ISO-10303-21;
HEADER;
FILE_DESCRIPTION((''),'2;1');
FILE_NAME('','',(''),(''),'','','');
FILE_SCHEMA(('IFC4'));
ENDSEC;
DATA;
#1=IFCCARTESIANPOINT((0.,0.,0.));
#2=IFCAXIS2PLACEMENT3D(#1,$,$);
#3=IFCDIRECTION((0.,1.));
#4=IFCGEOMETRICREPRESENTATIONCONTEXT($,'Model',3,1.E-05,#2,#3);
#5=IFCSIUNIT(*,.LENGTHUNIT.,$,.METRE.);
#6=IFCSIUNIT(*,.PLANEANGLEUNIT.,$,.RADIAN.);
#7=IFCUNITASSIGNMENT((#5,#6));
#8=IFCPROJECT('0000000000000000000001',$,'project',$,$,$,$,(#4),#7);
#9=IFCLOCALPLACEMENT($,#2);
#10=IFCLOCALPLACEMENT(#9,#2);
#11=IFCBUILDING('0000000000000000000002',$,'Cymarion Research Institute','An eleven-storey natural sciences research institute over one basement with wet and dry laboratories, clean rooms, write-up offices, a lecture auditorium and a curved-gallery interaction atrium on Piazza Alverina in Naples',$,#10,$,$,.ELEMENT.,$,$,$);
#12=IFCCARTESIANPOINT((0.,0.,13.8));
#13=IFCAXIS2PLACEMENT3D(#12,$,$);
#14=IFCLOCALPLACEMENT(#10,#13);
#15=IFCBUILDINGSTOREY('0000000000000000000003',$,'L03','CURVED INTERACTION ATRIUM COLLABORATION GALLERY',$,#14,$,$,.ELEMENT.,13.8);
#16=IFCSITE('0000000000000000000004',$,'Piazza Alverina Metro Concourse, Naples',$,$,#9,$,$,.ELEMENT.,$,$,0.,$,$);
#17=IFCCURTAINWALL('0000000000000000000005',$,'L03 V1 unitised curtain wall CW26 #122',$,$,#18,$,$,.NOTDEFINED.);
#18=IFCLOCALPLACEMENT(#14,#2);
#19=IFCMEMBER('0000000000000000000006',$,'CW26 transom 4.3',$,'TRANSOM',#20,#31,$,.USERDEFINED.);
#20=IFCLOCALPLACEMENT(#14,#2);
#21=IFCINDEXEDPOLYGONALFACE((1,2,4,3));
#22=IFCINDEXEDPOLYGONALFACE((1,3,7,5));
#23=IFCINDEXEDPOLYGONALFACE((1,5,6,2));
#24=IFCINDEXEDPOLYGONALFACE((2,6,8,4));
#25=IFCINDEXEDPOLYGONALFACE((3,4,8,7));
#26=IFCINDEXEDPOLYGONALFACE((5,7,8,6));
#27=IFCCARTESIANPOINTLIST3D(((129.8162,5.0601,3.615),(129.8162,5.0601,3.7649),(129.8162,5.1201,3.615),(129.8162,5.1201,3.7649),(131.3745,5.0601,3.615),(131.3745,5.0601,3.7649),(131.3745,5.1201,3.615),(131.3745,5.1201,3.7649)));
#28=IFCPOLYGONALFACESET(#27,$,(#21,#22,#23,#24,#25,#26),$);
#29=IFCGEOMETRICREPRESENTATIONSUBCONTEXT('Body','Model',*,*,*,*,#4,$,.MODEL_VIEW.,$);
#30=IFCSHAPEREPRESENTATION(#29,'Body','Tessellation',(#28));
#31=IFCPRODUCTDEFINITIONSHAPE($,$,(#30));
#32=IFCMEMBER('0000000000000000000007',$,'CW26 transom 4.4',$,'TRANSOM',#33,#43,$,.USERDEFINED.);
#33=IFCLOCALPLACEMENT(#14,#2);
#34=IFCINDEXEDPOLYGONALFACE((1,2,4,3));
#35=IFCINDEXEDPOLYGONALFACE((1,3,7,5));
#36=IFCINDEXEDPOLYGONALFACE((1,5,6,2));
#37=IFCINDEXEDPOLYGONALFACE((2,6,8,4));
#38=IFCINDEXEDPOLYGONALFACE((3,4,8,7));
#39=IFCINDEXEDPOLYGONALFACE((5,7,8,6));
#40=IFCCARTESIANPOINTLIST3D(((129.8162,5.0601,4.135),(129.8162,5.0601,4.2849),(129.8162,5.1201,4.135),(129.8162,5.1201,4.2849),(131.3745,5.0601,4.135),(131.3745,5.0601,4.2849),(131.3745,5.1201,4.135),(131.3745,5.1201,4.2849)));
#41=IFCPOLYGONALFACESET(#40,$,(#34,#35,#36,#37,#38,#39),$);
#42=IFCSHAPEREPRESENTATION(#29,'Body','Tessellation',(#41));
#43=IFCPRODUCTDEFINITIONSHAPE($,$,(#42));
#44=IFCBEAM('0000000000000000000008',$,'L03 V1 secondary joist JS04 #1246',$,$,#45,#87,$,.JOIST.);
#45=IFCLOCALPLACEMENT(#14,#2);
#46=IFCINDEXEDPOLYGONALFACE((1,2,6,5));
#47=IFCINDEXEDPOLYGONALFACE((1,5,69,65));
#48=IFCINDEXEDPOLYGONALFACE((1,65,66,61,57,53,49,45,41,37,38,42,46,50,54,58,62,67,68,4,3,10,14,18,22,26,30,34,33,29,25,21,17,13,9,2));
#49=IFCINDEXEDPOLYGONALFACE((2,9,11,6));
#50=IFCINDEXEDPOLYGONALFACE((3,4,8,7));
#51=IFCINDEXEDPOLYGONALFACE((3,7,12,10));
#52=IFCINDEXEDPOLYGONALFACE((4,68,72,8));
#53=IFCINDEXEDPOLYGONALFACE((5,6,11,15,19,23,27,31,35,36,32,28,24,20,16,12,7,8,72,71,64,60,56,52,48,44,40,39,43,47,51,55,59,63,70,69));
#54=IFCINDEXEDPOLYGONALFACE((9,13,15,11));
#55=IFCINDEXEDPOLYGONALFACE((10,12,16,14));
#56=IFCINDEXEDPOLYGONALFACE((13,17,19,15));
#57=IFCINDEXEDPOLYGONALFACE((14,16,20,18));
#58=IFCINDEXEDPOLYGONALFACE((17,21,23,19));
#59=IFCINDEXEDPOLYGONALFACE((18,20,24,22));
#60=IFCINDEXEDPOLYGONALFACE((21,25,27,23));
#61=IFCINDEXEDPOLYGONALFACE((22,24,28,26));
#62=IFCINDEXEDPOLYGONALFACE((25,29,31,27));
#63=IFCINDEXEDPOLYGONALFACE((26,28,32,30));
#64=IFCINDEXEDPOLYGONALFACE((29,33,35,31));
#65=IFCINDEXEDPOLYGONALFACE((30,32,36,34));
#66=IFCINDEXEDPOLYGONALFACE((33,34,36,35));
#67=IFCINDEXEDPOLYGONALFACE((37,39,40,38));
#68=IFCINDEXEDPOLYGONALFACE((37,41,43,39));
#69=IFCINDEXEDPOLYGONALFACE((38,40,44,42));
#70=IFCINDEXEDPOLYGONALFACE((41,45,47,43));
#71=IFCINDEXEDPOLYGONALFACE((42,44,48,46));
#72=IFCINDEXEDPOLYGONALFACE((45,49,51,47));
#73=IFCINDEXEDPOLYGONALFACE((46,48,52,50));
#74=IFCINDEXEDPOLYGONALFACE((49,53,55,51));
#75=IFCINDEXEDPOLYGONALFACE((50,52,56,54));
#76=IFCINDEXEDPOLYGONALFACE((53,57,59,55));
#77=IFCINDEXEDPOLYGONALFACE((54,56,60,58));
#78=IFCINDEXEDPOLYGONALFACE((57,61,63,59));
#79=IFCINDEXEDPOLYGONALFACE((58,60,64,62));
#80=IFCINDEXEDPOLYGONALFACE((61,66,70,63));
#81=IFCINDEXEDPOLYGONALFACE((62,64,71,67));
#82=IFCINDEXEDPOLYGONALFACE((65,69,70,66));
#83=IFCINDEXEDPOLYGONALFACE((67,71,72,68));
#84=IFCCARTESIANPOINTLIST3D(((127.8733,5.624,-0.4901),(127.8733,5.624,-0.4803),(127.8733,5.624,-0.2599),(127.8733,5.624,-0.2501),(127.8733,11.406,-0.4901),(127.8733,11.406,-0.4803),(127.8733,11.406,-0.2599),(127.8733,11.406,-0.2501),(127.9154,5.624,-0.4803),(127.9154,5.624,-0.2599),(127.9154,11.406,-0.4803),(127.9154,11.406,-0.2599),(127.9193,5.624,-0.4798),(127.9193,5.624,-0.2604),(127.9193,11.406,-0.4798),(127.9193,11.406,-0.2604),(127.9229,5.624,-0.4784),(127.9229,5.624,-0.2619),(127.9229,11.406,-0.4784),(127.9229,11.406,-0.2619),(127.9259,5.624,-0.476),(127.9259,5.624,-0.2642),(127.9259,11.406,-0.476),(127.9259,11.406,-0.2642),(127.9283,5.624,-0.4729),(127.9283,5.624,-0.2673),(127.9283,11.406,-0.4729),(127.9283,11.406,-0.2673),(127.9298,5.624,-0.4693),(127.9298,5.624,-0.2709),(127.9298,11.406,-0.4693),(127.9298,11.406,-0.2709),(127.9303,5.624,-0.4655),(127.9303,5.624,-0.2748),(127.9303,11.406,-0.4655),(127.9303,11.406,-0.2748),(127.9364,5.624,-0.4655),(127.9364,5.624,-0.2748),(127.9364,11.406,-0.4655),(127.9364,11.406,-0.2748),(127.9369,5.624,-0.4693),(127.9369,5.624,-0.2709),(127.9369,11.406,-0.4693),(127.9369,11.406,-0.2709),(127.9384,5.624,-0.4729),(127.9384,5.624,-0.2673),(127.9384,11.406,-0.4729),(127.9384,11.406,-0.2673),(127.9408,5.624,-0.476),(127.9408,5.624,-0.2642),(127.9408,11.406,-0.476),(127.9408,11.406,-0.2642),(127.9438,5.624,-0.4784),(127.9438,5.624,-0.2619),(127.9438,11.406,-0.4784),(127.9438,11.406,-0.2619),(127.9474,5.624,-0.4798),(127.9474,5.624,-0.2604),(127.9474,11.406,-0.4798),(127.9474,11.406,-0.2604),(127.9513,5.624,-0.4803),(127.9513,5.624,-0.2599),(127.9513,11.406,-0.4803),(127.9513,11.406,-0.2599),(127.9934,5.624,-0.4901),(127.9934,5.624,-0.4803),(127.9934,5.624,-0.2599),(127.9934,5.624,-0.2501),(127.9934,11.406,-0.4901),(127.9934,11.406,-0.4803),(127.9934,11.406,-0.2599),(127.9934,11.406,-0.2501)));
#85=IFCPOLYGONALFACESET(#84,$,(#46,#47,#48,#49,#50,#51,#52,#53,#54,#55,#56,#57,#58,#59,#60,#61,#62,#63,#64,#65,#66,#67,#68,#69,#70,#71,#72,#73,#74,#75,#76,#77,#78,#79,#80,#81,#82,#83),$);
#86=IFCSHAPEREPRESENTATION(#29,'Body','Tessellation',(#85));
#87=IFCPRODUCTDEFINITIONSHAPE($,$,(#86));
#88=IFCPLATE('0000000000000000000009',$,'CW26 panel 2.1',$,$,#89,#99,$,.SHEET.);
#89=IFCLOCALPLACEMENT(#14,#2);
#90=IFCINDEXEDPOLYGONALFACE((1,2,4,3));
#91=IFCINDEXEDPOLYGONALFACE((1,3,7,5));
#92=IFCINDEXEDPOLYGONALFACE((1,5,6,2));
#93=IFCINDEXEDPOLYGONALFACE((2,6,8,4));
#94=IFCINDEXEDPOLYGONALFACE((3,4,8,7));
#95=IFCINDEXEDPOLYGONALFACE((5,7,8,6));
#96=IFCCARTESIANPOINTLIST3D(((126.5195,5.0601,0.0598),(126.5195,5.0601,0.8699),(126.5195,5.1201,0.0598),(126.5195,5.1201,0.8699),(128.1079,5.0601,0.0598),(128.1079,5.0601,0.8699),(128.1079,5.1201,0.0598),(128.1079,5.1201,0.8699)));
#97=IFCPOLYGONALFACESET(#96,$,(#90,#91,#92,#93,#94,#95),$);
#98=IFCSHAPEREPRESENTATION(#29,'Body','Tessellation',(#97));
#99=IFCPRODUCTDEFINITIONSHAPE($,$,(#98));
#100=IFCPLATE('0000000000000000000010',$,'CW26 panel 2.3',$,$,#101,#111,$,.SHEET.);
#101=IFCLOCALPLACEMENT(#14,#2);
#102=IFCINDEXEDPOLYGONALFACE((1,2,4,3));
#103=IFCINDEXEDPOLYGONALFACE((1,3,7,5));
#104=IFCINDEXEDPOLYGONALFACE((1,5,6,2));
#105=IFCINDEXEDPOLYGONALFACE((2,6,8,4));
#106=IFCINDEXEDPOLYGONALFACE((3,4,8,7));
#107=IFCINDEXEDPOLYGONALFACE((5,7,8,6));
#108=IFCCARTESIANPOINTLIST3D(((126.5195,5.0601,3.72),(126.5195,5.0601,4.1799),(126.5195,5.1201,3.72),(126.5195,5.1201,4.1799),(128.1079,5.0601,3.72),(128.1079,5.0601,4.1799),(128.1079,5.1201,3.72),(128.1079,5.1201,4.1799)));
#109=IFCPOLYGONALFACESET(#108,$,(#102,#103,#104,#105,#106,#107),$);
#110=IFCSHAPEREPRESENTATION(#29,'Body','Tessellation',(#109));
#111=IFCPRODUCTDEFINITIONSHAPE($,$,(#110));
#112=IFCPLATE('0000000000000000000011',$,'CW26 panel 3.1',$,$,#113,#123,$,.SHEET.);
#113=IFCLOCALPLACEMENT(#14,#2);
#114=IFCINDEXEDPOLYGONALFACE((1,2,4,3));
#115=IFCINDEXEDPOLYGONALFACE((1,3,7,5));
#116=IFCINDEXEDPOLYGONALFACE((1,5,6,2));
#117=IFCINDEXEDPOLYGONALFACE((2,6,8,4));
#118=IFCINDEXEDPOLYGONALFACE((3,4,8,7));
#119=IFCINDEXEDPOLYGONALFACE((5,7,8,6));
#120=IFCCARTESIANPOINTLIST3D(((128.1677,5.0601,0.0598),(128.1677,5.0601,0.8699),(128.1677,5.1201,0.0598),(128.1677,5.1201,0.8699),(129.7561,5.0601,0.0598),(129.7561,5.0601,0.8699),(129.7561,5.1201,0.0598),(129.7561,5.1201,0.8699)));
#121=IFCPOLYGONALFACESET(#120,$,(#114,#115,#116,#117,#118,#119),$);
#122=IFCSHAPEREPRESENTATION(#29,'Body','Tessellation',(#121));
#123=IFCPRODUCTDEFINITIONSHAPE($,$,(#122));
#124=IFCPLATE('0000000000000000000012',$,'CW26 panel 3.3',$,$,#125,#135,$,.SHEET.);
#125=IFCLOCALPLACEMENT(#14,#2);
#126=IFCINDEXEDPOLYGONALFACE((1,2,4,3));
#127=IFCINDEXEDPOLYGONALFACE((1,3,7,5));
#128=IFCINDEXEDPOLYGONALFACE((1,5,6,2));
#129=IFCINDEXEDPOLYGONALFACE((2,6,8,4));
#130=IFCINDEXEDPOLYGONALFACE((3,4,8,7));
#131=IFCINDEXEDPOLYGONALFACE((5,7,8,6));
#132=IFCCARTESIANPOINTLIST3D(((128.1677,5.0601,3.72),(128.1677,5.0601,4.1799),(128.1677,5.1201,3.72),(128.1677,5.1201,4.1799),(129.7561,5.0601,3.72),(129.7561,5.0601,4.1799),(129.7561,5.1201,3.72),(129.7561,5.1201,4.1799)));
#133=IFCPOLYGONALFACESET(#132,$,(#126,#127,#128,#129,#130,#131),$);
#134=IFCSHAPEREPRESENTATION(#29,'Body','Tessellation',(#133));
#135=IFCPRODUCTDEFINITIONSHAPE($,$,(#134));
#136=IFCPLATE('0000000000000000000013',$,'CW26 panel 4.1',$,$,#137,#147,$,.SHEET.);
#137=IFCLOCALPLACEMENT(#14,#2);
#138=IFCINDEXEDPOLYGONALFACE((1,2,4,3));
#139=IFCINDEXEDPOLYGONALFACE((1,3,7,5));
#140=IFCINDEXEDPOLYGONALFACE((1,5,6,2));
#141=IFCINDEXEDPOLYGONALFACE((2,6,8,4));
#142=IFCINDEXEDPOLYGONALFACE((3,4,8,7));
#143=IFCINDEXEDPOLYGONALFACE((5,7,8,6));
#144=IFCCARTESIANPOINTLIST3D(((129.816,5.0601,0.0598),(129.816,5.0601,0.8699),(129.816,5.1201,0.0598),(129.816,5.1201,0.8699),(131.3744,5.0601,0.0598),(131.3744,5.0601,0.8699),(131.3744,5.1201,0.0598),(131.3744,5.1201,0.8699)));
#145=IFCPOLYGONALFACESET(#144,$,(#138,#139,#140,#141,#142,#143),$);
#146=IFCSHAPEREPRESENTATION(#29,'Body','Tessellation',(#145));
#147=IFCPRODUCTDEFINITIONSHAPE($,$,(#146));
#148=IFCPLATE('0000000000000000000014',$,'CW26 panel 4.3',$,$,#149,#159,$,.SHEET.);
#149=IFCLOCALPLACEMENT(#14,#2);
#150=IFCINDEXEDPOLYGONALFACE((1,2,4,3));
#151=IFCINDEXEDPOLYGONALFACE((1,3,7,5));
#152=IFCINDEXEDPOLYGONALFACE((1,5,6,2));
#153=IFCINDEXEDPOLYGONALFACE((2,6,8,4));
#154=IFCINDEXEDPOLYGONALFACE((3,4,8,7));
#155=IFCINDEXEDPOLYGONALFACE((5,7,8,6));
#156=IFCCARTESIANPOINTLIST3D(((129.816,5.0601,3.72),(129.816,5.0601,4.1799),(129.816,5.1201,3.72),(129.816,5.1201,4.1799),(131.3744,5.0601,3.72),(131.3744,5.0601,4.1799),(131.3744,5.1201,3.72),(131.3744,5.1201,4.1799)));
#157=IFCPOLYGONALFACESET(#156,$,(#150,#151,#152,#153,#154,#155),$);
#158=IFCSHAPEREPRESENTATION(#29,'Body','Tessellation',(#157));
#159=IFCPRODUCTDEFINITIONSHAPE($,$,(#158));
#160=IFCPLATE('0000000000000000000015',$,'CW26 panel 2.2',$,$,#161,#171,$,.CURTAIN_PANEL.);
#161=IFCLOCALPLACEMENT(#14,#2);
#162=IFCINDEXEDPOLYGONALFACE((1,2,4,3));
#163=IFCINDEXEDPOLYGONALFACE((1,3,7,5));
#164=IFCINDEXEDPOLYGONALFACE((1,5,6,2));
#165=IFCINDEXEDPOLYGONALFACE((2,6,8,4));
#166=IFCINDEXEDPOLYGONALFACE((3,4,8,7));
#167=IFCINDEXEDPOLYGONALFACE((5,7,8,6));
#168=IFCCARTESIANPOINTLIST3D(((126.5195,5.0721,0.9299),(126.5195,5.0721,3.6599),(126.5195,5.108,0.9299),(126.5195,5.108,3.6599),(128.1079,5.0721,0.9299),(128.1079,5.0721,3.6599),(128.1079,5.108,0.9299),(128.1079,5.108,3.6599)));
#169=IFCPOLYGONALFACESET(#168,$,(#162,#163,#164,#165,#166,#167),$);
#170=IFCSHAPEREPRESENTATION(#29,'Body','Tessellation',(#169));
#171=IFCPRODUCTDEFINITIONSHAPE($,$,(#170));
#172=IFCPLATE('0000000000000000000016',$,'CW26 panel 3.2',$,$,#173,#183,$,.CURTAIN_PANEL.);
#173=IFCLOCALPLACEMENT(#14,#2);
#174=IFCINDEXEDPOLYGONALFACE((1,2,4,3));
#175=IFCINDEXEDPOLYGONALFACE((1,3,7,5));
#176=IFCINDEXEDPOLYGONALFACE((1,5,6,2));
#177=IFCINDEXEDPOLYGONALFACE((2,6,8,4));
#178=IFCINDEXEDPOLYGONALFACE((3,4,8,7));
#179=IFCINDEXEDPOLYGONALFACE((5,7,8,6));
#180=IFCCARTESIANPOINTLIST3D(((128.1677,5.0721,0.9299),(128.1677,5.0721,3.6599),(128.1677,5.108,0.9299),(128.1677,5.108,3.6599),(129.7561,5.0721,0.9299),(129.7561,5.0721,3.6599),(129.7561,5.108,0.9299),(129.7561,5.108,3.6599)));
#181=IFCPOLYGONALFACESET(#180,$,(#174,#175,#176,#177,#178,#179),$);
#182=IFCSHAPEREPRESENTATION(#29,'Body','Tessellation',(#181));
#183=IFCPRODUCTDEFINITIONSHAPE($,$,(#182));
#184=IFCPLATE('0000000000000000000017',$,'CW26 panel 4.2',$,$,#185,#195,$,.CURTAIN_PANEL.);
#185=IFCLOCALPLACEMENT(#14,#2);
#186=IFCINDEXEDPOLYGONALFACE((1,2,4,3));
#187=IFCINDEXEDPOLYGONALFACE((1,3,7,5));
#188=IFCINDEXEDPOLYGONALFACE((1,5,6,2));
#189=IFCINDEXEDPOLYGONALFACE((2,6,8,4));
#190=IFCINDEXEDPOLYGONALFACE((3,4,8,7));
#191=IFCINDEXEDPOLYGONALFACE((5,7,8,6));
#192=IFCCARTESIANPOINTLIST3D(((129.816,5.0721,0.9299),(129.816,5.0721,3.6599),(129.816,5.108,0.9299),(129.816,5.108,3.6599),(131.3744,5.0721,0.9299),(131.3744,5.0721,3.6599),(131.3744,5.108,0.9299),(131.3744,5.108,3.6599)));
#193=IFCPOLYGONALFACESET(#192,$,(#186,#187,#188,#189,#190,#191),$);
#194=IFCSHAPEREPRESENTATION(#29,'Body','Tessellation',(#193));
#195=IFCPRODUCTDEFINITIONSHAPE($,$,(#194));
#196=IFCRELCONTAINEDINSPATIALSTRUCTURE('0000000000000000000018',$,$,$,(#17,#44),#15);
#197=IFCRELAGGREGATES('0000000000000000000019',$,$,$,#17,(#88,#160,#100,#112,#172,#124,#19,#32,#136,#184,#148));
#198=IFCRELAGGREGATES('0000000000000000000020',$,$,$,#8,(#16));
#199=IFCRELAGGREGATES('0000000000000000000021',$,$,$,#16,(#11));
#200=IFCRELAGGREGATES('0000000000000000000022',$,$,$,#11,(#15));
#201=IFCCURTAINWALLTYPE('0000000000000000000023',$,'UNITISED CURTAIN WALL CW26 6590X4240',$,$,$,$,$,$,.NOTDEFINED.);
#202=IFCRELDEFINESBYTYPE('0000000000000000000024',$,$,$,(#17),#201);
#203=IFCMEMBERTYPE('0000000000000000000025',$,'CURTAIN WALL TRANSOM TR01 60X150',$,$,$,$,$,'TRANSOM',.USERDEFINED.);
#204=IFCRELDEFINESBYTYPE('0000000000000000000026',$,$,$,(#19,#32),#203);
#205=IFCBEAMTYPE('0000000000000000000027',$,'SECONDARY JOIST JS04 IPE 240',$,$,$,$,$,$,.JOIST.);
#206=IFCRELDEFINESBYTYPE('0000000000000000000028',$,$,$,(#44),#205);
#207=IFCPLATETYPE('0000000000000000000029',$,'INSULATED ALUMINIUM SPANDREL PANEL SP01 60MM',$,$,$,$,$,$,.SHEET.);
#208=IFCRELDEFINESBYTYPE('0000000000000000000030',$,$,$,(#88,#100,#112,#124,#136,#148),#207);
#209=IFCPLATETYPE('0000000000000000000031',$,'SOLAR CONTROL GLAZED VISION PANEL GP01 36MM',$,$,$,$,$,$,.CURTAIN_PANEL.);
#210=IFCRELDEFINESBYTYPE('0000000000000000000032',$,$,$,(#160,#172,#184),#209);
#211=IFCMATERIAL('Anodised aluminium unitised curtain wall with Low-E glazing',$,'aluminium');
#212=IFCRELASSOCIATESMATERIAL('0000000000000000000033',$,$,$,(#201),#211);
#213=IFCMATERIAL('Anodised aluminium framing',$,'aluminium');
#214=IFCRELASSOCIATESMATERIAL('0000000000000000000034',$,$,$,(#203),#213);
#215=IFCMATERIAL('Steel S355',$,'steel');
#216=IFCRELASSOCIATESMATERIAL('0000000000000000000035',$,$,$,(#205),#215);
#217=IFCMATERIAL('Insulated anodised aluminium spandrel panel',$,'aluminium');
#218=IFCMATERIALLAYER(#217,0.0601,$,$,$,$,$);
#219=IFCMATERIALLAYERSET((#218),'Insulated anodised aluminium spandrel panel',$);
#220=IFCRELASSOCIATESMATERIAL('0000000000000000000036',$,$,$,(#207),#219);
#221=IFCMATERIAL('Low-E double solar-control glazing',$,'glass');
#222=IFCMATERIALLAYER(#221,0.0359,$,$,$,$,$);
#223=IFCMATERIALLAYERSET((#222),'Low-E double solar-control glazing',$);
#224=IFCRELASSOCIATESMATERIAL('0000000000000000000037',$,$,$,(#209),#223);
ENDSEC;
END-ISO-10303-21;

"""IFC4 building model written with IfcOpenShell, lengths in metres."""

from ifc_helpers import new_model, si_unit, direction, frame, origin, origin_2d, place, context, subcontext, project, spatial, rectangle, i_section, extrude, material, layer, layer_set, material_profile, profile_set, type_object, element, aggregate, save


model = new_model("IFC4")

# Units and contexts
model_context = context("Model", 3, precision=1e-05, world=origin(), true_north=direction((0.0, 1.0)))
body_context = subcontext(model_context, "Body", "Model", "MODEL_VIEW")
ifc_project = project(units=[si_unit("LENGTHUNIT", "METRE"), si_unit("PLANEANGLEUNIT", "RADIAN")], contexts=[model_context])

# Site, building, storey
site_placement = place(None, origin())
site = spatial("IfcSite", under=ifc_project, at=site_placement, Name="Piazza Alverina Metro Concourse, Naples", CompositionType="ELEMENT", RefElevation=0.0)
building_placement = place(site_placement, origin())
building = spatial("IfcBuilding", under=site, at=building_placement, Name="Cymarion Research Institute", Description="An eleven-storey natural sciences research institute over one basement with wet and dry laboratories, clean rooms, write-up offices, a lecture auditorium and a curved-gallery interaction atrium on Piazza Alverina in Naples", CompositionType="ELEMENT")
storey_placement = place(building_placement, frame((0.0, 0.0, 13.8)))
storey = spatial("IfcBuildingStorey", under=building, at=storey_placement, Name="L03", Description="CURVED INTERACTION ATRIUM COLLABORATION GALLERY", CompositionType="ELEMENT", Elevation=13.8)

# Shared definitions
ifc_material_1 = material(Name="Steel S355", Category="steel")

# Curtain wall, members
ifc_material_2 = material(Name="Anodised aluminium unitised curtain wall with Low-E glazing", Category="aluminium")
curtain_wall_type = type_object("IfcCurtainWallType", Name="UNITISED CURTAIN WALL CW26 6590X4240", PredefinedType="NOTDEFINED", material=ifc_material_2)
curtain_wall_placement = place(storey_placement, origin())
curtain_wall = element("IfcCurtainWall", 1, at=curtain_wall_placement, inside=storey, type_object=curtain_wall_type, Name="L03 V1 unitised curtain wall CW26 #122", PredefinedType="NOTDEFINED")
ifc_material_3 = material(Name="Anodised aluminium framing", Category="aluminium")
ifc_material_profile_1 = material_profile(ifc_material_3, rectangle(XDim=0.0601, YDim=0.1499, at=origin_2d()), Name="ALU TRANSOM 60x150")
ifc_profile_set_1 = profile_set([ifc_material_profile_1], Name="Anodised aluminium framing")
member_type_1 = type_object("IfcMemberType", Name="CURTAIN WALL TRANSOM TR01 60X150", ElementType="TRANSOM", PredefinedType="USERDEFINED", material=ifc_profile_set_1)
member_1_placement = place(storey_placement, frame((129.8162, 5.0901, 3.6899), z_axis=(1.0, 0.0, 0.0), x_axis=(0.0, 1.0, 0.0)))
member_1 = element("IfcMember", 2, at=member_1_placement, type_object=member_type_1, Name="CW26 transom 4.3", ObjectType="TRANSOM", PredefinedType="USERDEFINED", context=body_context, shape_type="SweptSolid", body=[
    extrude(rectangle(XDim=0.0601, YDim=0.1499, at=origin_2d()), origin(), (0.0, 0.0, 1.0), 1.5583),
])
member_2_placement = place(storey_placement, frame((129.8162, 5.0901, 4.21), z_axis=(1.0, 0.0, 0.0), x_axis=(0.0, 1.0, 0.0)))
member_2 = element("IfcMember", 3, at=member_2_placement, type_object=member_type_1, Name="CW26 transom 4.4", ObjectType="TRANSOM", PredefinedType="USERDEFINED", context=body_context, shape_type="SweptSolid", body=[
    extrude(rectangle(XDim=0.0601, YDim=0.1499, at=origin_2d()), origin(), (0.0, 0.0, 1.0), 1.5583),
])

# Beam
ifc_material_profile_2 = material_profile(ifc_material_1, i_section(OverallWidth=0.1201, OverallDepth=0.24, WebThickness=0.0061, FlangeThickness=0.0098, FilletRadius=0.0149, at=origin_2d()), Name="IPE 240")
ifc_profile_set_2 = profile_set([ifc_material_profile_2], Name="Steel S355")
beam_type = type_object("IfcBeamType", Name="SECONDARY JOIST JS04 IPE 240", PredefinedType="JOIST", material=ifc_profile_set_2)
beam_placement = place(storey_placement, frame((127.9333, 5.624, -0.3701), z_axis=(0.0, 1.0, 0.0), x_axis=(-1.0, 0.0, 0.0)))
element("IfcBeam", 4, at=beam_placement, inside=storey, type_object=beam_type, Name="L03 V1 secondary joist JS04 #1246", PredefinedType="JOIST", context=body_context, shape_type="SweptSolid", body=[
    extrude(i_section(OverallWidth=0.1201, OverallDepth=0.24, WebThickness=0.0061, FlangeThickness=0.0098, FilletRadius=0.0149, at=origin_2d()), origin(), (0.0, 0.0, 1.0), 5.782),
])

# Plates
ifc_material_4 = material(Name="Insulated anodised aluminium spandrel panel", Category="aluminium")
ifc_layer_1 = layer(ifc_material_4, 0.0601)
ifc_layer_set_1 = layer_set([ifc_layer_1], Name="Insulated anodised aluminium spandrel panel")
plate_type_1 = type_object("IfcPlateType", Name="INSULATED ALUMINIUM SPANDREL PANEL SP01 60MM", PredefinedType="SHEET", material=ifc_layer_set_1)
plate_1_placement = place(storey_placement, frame((127.3137, 5.0901, 0.0598), z_axis=(0.0, 0.0, 1.0), x_axis=(1.0, 0.0, 0.0)))
plate_1 = element("IfcPlate", 5, at=plate_1_placement, type_object=plate_type_1, Name="CW26 panel 2.1", PredefinedType="SHEET", context=body_context, shape_type="SweptSolid", body=[
    extrude(rectangle(XDim=1.5884, YDim=0.0601, at=origin_2d()), origin(), (0.0, 0.0, 1.0), 0.8101),
])
plate_2_placement = place(storey_placement, frame((127.3137, 5.0901, 3.72), z_axis=(0.0, 0.0, 1.0), x_axis=(1.0, 0.0, 0.0)))
plate_2 = element("IfcPlate", 6, at=plate_2_placement, type_object=plate_type_1, Name="CW26 panel 2.3", PredefinedType="SHEET", context=body_context, shape_type="SweptSolid", body=[
    extrude(rectangle(XDim=1.5884, YDim=0.0601, at=origin_2d()), origin(), (0.0, 0.0, 1.0), 0.46),
])
plate_3_placement = place(storey_placement, frame((128.9619, 5.0901, 0.0598), z_axis=(0.0, 0.0, 1.0), x_axis=(1.0, 0.0, 0.0)))
plate_3 = element("IfcPlate", 7, at=plate_3_placement, type_object=plate_type_1, Name="CW26 panel 3.1", PredefinedType="SHEET", context=body_context, shape_type="SweptSolid", body=[
    extrude(rectangle(XDim=1.5884, YDim=0.0601, at=origin_2d()), origin(), (0.0, 0.0, 1.0), 0.8101),
])
plate_4_placement = place(storey_placement, frame((128.9619, 5.0901, 3.72), z_axis=(0.0, 0.0, 1.0), x_axis=(1.0, 0.0, 0.0)))
plate_4 = element("IfcPlate", 8, at=plate_4_placement, type_object=plate_type_1, Name="CW26 panel 3.3", PredefinedType="SHEET", context=body_context, shape_type="SweptSolid", body=[
    extrude(rectangle(XDim=1.5884, YDim=0.0601, at=origin_2d()), origin(), (0.0, 0.0, 1.0), 0.46),
])
plate_5_placement = place(storey_placement, frame((130.5952, 5.0901, 0.0598), z_axis=(0.0, 0.0, 1.0), x_axis=(1.0, 0.0, 0.0)))
plate_5 = element("IfcPlate", 9, at=plate_5_placement, type_object=plate_type_1, Name="CW26 panel 4.1", PredefinedType="SHEET", context=body_context, shape_type="SweptSolid", body=[
    extrude(rectangle(XDim=1.5583, YDim=0.0601, at=origin_2d()), origin(), (0.0, 0.0, 1.0), 0.8101),
])
plate_6_placement = place(storey_placement, frame((130.5952, 5.0901, 3.72), z_axis=(0.0, 0.0, 1.0), x_axis=(1.0, 0.0, 0.0)))
plate_6 = element("IfcPlate", 10, at=plate_6_placement, type_object=plate_type_1, Name="CW26 panel 4.3", PredefinedType="SHEET", context=body_context, shape_type="SweptSolid", body=[
    extrude(rectangle(XDim=1.5583, YDim=0.0601, at=origin_2d()), origin(), (0.0, 0.0, 1.0), 0.46),
])
ifc_material_5 = material(Name="Low-E double solar-control glazing", Category="glass")
ifc_layer_2 = layer(ifc_material_5, 0.0359)
ifc_layer_set_2 = layer_set([ifc_layer_2], Name="Low-E double solar-control glazing")
plate_type_2 = type_object("IfcPlateType", Name="SOLAR CONTROL GLAZED VISION PANEL GP01 36MM", PredefinedType="CURTAIN_PANEL", material=ifc_layer_set_2)
plate_7_placement = place(storey_placement, frame((127.3137, 5.0901, 0.9299), z_axis=(0.0, 0.0, 1.0), x_axis=(1.0, 0.0, 0.0)))
plate_7 = element("IfcPlate", 11, at=plate_7_placement, type_object=plate_type_2, Name="CW26 panel 2.2", PredefinedType="CURTAIN_PANEL", context=body_context, shape_type="SweptSolid", body=[
    extrude(rectangle(XDim=1.5884, YDim=0.0359, at=origin_2d()), origin(), (0.0, 0.0, 1.0), 2.73),
])
plate_8_placement = place(storey_placement, frame((128.9619, 5.0901, 0.9299), z_axis=(0.0, 0.0, 1.0), x_axis=(1.0, 0.0, 0.0)))
plate_8 = element("IfcPlate", 12, at=plate_8_placement, type_object=plate_type_2, Name="CW26 panel 3.2", PredefinedType="CURTAIN_PANEL", context=body_context, shape_type="SweptSolid", body=[
    extrude(rectangle(XDim=1.5884, YDim=0.0359, at=origin_2d()), origin(), (0.0, 0.0, 1.0), 2.73),
])
plate_9_placement = place(storey_placement, frame((130.5952, 5.0901, 0.9299), z_axis=(0.0, 0.0, 1.0), x_axis=(1.0, 0.0, 0.0)))
plate_9 = element("IfcPlate", 13, at=plate_9_placement, type_object=plate_type_2, Name="CW26 panel 4.2", PredefinedType="CURTAIN_PANEL", context=body_context, shape_type="SweptSolid", body=[
    extrude(rectangle(XDim=1.5583, YDim=0.0359, at=origin_2d()), origin(), (0.0, 0.0, 1.0), 2.73),
])
aggregate(curtain_wall, [plate_1, plate_7, plate_2, plate_3, plate_8, plate_4, member_1, member_2, plate_5, plate_9, plate_6])

save(model, "model.ifc")
